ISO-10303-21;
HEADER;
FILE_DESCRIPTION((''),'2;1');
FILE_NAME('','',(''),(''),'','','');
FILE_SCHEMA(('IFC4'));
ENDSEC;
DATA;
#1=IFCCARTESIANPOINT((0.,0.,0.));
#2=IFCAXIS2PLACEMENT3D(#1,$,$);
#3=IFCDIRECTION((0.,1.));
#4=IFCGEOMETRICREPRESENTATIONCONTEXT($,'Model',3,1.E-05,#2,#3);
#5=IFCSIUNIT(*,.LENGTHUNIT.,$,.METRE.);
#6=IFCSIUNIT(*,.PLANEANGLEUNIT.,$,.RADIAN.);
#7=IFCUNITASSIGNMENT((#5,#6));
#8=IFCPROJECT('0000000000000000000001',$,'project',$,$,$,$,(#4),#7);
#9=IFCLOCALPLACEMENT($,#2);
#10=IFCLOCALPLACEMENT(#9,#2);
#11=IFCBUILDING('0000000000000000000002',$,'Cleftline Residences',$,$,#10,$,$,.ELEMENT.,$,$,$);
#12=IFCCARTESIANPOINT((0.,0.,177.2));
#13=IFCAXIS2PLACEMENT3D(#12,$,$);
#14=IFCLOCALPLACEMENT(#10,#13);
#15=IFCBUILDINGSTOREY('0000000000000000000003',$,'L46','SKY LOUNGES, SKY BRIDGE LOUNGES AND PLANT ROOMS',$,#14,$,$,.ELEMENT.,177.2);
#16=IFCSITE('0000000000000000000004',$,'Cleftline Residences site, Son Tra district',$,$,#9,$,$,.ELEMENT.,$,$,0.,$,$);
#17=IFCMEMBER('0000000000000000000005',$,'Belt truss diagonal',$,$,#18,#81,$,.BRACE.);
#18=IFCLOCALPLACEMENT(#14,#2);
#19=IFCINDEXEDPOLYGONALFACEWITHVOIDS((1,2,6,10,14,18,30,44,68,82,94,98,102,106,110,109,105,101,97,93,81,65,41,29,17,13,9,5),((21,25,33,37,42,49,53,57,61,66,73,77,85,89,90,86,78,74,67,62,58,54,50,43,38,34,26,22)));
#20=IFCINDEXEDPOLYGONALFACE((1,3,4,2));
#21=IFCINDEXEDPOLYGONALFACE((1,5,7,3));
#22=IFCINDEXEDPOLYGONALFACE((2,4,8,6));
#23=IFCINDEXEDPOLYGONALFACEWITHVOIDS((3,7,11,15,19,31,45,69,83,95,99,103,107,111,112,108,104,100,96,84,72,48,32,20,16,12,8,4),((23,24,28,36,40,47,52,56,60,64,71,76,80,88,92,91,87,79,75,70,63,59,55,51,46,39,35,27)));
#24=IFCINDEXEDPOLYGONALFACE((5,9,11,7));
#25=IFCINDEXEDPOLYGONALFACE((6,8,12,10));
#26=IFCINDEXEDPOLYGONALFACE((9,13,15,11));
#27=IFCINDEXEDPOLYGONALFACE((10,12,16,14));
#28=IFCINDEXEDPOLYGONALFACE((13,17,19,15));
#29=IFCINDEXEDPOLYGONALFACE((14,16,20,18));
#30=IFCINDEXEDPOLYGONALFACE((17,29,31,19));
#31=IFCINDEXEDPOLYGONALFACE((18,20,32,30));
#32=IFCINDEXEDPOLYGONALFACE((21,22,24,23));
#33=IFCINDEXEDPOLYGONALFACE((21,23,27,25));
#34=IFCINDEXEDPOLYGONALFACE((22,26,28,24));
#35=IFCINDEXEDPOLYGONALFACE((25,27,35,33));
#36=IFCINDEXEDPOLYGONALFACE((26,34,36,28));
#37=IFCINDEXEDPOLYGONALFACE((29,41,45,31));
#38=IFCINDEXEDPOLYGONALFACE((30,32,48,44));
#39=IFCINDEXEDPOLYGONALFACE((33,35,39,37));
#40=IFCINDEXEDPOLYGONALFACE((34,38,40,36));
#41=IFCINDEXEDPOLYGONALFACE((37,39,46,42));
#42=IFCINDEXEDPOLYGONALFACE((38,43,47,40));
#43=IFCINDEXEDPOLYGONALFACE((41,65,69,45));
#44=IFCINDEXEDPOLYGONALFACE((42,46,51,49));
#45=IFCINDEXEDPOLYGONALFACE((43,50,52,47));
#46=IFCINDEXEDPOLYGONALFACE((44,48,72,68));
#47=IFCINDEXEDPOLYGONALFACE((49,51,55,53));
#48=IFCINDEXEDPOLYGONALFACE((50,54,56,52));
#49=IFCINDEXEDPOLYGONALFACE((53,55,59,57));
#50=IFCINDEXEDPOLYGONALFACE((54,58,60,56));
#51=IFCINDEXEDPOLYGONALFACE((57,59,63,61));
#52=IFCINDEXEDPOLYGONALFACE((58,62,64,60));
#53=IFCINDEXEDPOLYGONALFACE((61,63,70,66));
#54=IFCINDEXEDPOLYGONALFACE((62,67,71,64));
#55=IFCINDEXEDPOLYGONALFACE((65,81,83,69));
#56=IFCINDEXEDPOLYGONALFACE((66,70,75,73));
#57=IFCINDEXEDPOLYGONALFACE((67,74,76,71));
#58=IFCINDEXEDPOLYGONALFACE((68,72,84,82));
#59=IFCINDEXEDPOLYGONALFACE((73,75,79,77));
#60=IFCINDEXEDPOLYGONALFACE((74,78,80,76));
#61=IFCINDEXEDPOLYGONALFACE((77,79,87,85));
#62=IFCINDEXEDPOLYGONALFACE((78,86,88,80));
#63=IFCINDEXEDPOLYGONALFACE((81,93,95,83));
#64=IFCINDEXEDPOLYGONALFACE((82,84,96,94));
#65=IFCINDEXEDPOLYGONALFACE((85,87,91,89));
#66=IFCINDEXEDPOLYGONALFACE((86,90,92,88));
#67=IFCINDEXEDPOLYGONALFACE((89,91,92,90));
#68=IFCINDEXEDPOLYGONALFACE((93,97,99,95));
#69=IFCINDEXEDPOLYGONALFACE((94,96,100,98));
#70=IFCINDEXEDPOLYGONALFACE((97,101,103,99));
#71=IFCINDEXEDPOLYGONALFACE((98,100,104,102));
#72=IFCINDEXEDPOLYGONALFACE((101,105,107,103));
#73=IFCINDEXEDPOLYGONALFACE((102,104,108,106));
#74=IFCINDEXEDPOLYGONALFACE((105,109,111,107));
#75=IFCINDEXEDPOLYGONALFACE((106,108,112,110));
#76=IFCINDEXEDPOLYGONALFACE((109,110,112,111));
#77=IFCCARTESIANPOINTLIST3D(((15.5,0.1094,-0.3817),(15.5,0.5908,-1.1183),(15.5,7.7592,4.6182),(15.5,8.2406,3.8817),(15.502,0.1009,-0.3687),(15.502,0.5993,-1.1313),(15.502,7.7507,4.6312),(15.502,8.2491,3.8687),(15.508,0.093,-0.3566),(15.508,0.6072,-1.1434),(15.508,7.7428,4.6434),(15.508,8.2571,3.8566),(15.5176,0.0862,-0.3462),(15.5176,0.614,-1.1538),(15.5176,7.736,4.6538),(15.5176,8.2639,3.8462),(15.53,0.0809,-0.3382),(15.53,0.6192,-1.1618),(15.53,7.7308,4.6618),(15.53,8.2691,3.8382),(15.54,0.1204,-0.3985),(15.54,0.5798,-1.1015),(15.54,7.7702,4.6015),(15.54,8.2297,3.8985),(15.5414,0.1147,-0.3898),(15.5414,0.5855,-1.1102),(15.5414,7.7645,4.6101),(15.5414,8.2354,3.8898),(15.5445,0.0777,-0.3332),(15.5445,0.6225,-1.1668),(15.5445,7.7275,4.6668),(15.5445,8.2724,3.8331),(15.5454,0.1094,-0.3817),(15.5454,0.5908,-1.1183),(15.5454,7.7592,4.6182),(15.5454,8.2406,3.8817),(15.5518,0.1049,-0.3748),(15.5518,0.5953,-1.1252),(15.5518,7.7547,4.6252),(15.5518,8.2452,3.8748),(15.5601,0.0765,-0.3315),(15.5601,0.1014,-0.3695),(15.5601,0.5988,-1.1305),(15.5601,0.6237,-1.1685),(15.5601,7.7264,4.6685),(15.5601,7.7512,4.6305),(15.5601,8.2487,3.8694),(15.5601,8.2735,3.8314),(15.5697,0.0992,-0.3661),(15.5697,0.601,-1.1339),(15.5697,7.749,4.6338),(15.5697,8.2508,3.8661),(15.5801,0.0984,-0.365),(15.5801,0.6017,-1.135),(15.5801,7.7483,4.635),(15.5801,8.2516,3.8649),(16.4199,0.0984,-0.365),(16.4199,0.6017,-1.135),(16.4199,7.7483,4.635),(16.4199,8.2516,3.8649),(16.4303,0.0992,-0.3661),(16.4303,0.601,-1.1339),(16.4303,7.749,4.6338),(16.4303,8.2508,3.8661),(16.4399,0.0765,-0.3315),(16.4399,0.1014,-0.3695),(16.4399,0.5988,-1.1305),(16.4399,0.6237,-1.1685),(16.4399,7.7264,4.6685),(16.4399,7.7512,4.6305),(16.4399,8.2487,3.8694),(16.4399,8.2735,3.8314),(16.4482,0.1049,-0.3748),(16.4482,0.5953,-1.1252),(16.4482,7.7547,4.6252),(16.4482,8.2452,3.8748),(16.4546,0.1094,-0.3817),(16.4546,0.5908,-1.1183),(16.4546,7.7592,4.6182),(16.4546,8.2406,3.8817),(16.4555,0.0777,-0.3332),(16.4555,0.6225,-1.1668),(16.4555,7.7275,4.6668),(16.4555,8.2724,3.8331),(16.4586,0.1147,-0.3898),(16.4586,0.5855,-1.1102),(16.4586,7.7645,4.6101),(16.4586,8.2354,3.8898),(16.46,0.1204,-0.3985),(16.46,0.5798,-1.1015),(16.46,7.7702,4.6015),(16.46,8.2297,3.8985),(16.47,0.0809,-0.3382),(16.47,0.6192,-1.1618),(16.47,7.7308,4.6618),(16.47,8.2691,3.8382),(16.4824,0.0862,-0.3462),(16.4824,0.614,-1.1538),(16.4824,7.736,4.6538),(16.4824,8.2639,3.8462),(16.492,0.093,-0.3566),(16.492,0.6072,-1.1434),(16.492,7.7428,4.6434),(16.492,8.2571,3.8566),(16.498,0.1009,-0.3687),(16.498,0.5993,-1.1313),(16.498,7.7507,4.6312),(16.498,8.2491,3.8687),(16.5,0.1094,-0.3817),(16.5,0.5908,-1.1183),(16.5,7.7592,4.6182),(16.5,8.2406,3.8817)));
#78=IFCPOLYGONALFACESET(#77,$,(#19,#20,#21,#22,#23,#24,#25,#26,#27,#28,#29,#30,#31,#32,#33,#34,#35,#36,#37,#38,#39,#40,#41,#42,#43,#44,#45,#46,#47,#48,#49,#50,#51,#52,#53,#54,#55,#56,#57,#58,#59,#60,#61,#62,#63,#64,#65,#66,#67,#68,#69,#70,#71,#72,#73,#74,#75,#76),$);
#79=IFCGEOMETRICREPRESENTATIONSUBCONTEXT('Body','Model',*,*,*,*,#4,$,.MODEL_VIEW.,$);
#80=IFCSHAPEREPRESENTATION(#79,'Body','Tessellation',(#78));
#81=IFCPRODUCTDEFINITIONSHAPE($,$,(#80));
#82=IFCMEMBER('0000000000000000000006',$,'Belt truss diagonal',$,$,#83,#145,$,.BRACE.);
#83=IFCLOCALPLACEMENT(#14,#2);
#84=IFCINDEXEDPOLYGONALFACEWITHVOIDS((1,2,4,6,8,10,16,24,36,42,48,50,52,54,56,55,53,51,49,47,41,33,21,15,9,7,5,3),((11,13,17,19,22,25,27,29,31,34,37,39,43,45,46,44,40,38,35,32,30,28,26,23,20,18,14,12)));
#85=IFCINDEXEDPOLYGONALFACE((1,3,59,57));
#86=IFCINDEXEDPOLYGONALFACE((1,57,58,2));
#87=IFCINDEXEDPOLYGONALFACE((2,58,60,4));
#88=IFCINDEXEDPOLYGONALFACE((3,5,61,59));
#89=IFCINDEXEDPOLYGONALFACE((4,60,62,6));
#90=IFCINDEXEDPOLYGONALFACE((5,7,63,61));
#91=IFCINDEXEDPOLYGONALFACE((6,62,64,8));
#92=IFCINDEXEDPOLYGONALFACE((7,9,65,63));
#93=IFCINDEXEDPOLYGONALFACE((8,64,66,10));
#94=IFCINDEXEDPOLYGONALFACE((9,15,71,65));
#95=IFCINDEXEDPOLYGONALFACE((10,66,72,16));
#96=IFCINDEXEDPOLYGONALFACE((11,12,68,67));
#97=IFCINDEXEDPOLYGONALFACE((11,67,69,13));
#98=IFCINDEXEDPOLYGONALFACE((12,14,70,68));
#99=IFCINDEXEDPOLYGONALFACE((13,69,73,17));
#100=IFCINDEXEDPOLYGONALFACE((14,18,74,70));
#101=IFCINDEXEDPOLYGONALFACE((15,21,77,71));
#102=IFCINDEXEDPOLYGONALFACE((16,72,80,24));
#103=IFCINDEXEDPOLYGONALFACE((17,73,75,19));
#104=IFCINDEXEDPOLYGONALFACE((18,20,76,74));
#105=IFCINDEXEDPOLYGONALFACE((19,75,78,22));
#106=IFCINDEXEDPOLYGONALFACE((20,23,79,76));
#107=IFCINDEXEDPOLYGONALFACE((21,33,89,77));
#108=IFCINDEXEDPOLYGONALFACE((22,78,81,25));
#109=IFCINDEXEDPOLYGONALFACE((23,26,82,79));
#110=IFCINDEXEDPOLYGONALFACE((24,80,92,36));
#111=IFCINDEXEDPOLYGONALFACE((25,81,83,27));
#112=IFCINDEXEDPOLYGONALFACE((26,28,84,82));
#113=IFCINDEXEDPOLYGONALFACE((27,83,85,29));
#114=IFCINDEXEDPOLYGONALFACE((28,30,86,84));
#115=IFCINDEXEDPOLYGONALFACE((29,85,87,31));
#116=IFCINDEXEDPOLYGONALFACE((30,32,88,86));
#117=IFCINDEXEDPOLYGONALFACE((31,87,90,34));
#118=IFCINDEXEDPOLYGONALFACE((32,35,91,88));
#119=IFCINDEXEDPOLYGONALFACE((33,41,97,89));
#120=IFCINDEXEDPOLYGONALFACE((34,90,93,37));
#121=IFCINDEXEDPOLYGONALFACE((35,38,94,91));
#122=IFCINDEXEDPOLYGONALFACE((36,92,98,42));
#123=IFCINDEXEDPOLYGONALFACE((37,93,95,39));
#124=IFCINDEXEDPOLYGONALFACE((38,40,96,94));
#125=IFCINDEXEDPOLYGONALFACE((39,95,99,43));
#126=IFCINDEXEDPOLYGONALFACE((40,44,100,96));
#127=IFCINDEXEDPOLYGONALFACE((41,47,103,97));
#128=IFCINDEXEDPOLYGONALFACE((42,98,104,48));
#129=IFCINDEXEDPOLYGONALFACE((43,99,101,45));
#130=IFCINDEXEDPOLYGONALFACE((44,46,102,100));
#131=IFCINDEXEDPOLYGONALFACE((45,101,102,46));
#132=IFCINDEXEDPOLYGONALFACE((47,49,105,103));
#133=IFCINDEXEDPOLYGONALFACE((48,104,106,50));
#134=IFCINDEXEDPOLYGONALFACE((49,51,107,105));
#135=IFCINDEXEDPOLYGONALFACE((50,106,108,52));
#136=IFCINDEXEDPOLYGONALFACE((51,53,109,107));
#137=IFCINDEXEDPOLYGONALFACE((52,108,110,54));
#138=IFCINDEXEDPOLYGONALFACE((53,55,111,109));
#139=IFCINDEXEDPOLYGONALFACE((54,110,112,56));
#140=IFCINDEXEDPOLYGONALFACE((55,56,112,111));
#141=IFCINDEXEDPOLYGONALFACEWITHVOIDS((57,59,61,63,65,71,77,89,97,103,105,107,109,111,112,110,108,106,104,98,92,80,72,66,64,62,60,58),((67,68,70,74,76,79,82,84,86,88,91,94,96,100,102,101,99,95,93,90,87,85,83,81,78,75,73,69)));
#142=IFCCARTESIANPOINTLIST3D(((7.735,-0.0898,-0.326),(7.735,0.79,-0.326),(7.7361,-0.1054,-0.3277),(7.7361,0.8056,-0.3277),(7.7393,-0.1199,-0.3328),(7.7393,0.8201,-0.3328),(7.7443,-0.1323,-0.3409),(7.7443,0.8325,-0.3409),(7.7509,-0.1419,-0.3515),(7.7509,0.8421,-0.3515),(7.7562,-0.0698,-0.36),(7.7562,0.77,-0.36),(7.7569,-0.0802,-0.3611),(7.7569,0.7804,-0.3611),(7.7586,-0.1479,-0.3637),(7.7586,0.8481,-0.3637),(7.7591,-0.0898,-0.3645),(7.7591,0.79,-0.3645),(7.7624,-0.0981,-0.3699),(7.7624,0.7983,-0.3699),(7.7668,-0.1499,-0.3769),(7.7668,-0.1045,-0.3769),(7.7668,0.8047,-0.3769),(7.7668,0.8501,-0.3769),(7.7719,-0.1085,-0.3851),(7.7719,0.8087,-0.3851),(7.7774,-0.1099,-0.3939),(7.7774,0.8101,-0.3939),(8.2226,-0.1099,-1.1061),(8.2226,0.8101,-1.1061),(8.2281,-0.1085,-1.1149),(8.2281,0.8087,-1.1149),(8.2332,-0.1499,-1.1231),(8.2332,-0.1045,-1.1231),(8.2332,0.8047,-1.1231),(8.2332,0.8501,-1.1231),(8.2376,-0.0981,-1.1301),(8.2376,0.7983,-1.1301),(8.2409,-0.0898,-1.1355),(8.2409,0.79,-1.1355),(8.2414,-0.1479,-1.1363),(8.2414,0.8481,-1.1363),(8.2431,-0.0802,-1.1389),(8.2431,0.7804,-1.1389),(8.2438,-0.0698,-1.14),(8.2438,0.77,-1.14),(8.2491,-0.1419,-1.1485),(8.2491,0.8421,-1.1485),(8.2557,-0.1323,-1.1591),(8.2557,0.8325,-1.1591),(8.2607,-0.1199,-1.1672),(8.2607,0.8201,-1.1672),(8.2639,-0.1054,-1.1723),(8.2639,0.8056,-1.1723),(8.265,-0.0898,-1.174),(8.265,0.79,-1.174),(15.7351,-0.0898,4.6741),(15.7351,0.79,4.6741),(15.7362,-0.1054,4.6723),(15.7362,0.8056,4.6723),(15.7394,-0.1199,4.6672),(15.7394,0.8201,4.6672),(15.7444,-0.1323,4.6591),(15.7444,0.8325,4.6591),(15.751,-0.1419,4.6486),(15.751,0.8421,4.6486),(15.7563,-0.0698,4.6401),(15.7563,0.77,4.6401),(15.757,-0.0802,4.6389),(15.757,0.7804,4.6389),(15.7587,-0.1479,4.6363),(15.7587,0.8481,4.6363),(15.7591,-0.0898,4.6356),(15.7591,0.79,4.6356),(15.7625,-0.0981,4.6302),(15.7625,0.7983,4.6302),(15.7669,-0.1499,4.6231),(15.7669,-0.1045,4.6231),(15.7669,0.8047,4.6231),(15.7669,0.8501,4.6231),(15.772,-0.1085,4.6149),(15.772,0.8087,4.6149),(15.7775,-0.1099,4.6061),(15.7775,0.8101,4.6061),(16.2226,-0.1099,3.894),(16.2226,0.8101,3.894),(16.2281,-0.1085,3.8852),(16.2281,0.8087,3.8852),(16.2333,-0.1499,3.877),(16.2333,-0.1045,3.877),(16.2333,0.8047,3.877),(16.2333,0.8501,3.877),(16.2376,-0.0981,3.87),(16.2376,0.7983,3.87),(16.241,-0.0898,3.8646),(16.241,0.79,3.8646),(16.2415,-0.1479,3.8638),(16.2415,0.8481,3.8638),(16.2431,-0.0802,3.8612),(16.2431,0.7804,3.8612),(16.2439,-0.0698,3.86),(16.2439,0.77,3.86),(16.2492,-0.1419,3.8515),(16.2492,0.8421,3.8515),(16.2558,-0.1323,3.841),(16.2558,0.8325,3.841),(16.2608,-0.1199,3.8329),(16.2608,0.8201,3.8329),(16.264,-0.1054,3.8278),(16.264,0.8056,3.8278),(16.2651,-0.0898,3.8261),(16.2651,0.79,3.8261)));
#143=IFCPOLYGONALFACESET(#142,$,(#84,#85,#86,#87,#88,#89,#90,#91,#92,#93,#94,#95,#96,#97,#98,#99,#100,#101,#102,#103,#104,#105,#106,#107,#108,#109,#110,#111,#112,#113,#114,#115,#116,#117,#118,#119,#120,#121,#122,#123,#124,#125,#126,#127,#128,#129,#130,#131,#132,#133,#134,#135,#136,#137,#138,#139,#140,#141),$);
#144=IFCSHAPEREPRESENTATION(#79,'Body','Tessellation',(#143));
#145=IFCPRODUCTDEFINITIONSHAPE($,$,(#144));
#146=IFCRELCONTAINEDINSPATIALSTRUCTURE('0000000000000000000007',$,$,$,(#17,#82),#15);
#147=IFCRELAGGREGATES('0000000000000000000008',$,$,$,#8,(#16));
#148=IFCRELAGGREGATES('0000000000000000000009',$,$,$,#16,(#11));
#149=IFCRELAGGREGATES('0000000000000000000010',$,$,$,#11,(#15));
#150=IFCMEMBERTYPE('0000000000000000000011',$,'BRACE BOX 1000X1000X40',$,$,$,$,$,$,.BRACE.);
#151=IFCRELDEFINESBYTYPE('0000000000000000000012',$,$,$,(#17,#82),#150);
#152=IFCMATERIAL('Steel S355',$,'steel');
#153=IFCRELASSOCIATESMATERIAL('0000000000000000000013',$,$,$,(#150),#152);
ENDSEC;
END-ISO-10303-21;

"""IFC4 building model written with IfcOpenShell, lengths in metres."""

from ifc_helpers import new_model, si_unit, direction, frame, origin, origin_2d, place, context, subcontext, project, spatial, hollow_rectangle, extrude, material, material_profile, profile_set, type_object, element, save


model = new_model("IFC4")

# Units and contexts
model_context = context("Model", 3, precision=1e-05, world=origin(), true_north=direction((0.0, 1.0)))
body_context = subcontext(model_context, "Body", "Model", "MODEL_VIEW")
ifc_project = project(units=[si_unit("LENGTHUNIT", "METRE"), si_unit("PLANEANGLEUNIT", "RADIAN")], contexts=[model_context])

# Site, building, storey
site_placement = place(None, origin())
site = spatial("IfcSite", under=ifc_project, at=site_placement, Name="Cleftline Residences site, Son Tra district", CompositionType="ELEMENT", RefElevation=0.0)
building_placement = place(site_placement, origin())
building = spatial("IfcBuilding", under=site, at=building_placement, Name="Cleftline Residences", CompositionType="ELEMENT")
storey_placement = place(building_placement, frame((0.0, 0.0, 177.2)))
storey = spatial("IfcBuildingStorey", under=building, at=storey_placement, Name="L46", Description="SKY LOUNGES, SKY BRIDGE LOUNGES AND PLANT ROOMS", CompositionType="ELEMENT", Elevation=177.2)

# Members
ifc_material_1 = material(Name="Steel S355", Category="steel")
ifc_material_profile_1 = material_profile(ifc_material_1, hollow_rectangle(XDim=1.0, YDim=1.0, WallThickness=0.04, InnerFilletRadius=0.04, OuterFilletRadius=0.0601, at=origin_2d()))
ifc_profile_set_1 = profile_set([ifc_material_profile_1], Name="Steel S355")
member_type_1 = type_object("IfcMemberType", Name="BRACE BOX 1000X1000X40", PredefinedType="BRACE", material=ifc_profile_set_1)
for number, where, z_axis, x_axis, name in (
    (1, (16.0, 0.3501, -0.75), (0.0, 0.837063, 0.547107), (0.0, -0.547107, 0.837063), "Belt truss diagonal"),
):
    element("IfcMember", number, at=place(storey_placement, frame(where, z_axis=z_axis, x_axis=x_axis)), inside=storey, type_object=member_type_1, Name=name, PredefinedType="BRACE", context=body_context, shape_type="SweptSolid", body=[
        extrude(hollow_rectangle(XDim=1.0, YDim=1.0, WallThickness=0.04, InnerFilletRadius=0.04, OuterFilletRadius=0.0601, at=origin_2d()), origin(), (0.0, 0.0, 1.0), 9.1389),
    ])
member_1_placement = place(storey_placement, frame((8.0, 0.3501, -0.75), z_axis=(0.847998, 0.0, 0.529999), x_axis=(-0.529999, 0.0, 0.847998)))
element("IfcMember", 2, at=member_1_placement, inside=storey, type_object=member_type_1, Name="Belt truss diagonal", PredefinedType="BRACE", context=body_context, shape_type="SweptSolid", body=[
    extrude(hollow_rectangle(XDim=1.0, YDim=1.0, WallThickness=0.04, InnerFilletRadius=0.04, OuterFilletRadius=0.0601, at=origin_2d()), origin(), (0.0, 0.0, 1.0), 9.4341),
])

save(model, "model.ifc")
